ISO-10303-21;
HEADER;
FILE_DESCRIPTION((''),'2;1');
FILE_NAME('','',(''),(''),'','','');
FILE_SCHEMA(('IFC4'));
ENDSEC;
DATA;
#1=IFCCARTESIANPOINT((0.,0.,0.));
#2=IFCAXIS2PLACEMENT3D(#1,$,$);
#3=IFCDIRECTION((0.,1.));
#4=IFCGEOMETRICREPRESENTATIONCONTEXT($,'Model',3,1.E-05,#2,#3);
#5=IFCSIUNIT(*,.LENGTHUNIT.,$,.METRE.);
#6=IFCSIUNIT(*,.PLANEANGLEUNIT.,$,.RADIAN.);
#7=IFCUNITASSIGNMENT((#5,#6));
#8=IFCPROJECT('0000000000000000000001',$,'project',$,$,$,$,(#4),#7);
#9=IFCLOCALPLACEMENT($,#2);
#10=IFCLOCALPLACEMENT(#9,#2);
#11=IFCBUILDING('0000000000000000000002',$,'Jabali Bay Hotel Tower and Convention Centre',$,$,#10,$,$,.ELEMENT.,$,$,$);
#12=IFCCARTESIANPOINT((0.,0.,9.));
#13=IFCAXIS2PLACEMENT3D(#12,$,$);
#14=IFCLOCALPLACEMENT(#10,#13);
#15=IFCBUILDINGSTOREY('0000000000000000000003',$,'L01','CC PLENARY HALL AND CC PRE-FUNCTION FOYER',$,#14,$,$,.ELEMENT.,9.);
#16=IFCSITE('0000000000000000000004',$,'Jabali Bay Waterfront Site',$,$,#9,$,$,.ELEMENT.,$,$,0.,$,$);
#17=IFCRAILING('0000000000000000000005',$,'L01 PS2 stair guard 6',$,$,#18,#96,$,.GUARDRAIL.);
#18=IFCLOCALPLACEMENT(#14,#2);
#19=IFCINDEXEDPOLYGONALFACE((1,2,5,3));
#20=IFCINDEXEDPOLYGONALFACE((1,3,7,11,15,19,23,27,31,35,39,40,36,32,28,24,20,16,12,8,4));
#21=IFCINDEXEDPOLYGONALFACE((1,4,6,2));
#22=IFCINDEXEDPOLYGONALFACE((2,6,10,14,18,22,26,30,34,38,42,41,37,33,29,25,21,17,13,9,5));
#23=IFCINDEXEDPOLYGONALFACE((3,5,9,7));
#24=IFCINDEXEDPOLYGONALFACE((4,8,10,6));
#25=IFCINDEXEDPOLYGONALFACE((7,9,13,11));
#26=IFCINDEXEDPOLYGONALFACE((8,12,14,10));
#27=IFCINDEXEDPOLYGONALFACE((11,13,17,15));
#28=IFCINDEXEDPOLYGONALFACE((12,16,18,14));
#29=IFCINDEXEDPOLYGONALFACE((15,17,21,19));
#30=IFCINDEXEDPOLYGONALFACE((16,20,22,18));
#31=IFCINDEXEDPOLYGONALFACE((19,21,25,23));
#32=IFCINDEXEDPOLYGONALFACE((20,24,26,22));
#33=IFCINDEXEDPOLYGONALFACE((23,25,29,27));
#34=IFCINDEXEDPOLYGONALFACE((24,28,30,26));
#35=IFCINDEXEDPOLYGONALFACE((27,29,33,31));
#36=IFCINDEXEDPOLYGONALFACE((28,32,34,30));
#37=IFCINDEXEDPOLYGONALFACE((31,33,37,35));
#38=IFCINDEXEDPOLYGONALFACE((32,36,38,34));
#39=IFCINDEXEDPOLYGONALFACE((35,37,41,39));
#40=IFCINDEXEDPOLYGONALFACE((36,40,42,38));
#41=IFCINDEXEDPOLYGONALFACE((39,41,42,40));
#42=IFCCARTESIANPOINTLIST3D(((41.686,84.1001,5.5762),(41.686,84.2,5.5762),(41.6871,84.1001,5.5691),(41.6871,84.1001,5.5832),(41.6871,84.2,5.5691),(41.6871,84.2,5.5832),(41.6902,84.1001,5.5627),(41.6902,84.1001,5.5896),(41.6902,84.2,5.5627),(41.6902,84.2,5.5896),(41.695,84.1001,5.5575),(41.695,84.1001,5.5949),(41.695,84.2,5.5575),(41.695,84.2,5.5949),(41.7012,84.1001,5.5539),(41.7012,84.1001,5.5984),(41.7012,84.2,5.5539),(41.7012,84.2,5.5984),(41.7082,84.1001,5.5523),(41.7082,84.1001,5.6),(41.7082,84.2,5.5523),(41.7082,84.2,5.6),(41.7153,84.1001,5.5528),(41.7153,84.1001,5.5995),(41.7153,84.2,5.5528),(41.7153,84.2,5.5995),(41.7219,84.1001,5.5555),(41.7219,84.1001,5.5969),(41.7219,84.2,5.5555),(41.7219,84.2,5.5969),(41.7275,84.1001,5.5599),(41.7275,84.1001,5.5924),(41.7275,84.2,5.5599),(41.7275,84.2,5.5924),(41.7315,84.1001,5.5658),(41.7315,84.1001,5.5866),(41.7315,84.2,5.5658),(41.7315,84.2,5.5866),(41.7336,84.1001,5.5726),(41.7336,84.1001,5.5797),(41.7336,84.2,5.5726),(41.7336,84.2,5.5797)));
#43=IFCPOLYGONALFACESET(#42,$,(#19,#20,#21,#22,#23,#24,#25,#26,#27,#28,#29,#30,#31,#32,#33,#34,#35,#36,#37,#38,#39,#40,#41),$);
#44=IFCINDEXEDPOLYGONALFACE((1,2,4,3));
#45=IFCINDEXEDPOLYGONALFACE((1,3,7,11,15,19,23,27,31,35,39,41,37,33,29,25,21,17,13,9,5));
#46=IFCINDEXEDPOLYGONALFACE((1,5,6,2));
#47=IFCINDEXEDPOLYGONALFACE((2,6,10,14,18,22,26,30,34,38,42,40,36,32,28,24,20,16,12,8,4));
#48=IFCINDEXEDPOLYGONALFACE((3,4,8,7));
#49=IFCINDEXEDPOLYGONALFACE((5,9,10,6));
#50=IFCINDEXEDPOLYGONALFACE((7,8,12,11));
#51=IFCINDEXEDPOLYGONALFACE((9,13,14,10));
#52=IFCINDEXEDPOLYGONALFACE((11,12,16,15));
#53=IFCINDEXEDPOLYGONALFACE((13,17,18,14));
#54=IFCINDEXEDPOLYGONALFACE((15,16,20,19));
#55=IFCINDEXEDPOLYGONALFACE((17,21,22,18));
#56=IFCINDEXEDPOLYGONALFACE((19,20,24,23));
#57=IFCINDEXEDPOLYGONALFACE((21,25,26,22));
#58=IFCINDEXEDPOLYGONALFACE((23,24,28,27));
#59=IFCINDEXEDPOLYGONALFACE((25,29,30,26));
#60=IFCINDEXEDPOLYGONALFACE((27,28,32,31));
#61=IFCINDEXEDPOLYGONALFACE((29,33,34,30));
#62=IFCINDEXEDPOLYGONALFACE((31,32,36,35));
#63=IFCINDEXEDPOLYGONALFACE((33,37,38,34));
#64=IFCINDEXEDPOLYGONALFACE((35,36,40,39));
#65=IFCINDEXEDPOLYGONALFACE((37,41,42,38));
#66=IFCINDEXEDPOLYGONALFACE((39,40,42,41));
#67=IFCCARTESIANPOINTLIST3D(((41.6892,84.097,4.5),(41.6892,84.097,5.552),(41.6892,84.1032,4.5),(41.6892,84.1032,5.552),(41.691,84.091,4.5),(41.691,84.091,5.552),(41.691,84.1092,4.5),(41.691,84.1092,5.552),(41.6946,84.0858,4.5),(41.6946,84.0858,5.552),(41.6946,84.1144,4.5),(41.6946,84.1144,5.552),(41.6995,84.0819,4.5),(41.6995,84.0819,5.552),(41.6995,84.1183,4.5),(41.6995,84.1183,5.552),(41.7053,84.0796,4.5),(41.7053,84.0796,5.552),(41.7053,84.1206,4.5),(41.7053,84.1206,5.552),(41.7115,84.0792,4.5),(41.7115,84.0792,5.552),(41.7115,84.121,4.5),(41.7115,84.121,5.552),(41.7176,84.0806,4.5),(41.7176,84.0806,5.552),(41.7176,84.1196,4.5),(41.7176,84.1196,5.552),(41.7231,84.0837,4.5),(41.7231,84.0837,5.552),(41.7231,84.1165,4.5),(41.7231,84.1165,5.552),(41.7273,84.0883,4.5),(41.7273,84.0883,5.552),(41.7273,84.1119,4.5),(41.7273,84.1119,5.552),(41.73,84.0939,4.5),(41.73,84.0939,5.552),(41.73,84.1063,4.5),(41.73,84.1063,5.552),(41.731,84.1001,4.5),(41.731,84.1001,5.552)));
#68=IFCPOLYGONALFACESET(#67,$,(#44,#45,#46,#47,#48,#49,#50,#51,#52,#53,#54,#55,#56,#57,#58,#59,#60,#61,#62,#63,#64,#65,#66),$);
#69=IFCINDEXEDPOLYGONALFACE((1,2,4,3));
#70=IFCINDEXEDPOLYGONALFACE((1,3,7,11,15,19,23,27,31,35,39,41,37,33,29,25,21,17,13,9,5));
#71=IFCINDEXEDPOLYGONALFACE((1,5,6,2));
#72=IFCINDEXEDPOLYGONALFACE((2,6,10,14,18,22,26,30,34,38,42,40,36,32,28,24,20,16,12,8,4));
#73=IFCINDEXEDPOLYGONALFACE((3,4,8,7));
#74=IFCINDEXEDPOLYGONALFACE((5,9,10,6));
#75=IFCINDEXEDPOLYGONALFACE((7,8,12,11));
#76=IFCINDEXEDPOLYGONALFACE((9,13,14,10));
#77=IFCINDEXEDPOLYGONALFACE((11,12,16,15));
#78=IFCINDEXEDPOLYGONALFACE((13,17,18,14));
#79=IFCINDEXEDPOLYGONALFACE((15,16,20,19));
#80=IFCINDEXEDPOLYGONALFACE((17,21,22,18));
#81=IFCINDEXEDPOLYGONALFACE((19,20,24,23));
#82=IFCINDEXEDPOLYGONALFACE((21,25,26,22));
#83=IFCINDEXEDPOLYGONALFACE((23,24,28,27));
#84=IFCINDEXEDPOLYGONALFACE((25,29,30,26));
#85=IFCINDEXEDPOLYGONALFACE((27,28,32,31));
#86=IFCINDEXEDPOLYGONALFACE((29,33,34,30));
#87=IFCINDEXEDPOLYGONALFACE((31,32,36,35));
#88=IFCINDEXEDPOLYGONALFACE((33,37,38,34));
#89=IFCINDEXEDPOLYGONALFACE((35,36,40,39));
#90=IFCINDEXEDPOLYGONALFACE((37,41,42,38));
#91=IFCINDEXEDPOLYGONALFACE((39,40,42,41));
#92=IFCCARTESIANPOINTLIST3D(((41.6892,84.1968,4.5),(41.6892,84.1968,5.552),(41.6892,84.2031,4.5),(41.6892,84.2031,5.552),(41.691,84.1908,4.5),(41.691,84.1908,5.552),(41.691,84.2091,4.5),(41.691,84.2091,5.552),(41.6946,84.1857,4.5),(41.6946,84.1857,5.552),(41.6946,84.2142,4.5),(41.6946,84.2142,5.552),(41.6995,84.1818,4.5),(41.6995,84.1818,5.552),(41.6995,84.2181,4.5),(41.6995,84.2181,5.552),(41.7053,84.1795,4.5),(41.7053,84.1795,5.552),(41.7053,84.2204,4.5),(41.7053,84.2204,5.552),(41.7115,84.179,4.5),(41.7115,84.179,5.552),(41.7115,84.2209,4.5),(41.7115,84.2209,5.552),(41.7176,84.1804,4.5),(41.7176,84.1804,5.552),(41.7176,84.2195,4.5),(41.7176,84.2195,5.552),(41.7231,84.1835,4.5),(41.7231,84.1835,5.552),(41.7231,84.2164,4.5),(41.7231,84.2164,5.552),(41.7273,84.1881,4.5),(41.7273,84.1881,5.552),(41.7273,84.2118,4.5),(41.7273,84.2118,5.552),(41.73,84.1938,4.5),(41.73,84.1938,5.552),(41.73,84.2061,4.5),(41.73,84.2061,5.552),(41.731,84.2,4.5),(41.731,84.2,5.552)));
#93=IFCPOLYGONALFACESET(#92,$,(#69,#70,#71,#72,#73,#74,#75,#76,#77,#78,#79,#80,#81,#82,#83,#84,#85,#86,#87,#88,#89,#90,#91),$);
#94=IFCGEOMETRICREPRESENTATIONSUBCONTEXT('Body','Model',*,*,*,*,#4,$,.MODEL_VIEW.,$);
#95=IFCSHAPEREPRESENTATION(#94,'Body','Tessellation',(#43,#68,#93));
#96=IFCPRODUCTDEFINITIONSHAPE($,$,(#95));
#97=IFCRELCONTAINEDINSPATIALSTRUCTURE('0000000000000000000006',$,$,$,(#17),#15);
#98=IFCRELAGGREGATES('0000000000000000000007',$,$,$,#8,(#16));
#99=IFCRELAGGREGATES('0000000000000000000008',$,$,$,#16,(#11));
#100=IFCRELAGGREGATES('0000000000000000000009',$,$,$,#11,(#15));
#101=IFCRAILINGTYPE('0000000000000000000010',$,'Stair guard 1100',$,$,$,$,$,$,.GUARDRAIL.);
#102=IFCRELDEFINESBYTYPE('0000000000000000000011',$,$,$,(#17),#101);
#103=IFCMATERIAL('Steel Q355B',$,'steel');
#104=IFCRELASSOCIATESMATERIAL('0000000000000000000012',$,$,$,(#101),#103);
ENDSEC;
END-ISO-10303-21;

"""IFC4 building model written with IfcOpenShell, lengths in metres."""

from ifc_helpers import new_model, si_unit, direction, frame, origin, origin_2d, place, context, subcontext, project, spatial, circle, extrude, material, type_object, element, save


model = new_model("IFC4")

# Units and contexts
model_context = context("Model", 3, precision=1e-05, world=origin(), true_north=direction((0.0, 1.0)))
body_context = subcontext(model_context, "Body", "Model", "MODEL_VIEW")
ifc_project = project(units=[si_unit("LENGTHUNIT", "METRE"), si_unit("PLANEANGLEUNIT", "RADIAN")], contexts=[model_context])

# Site, building, storey
site_placement = place(None, origin())
site = spatial("IfcSite", under=ifc_project, at=site_placement, Name="Jabali Bay Waterfront Site", CompositionType="ELEMENT", RefElevation=0.0)
building_placement = place(site_placement, origin())
building = spatial("IfcBuilding", under=site, at=building_placement, Name="Jabali Bay Hotel Tower and Convention Centre", CompositionType="ELEMENT")
storey_placement = place(building_placement, frame((0.0, 0.0, 9.0)))
storey = spatial("IfcBuildingStorey", under=building, at=storey_placement, Name="L01", Description="CC PLENARY HALL AND CC PRE-FUNCTION FOYER", CompositionType="ELEMENT", Elevation=9.0)

# Railing
ifc_material_1 = material(Name="Steel Q355B", Category="steel")
railing_type_1 = type_object("IfcRailingType", Name="Stair guard 1100", PredefinedType="GUARDRAIL", material=ifc_material_1)
railing_1_placement = place(storey_placement, frame((41.71, 84.1001, 4.5)))
element("IfcRailing", 1, at=railing_1_placement, inside=storey, type_object=railing_type_1, Name="L01 PS2 stair guard 6", PredefinedType="GUARDRAIL", context=body_context, shape_type="SweptSolid", body=[
    extrude(circle(Radius=0.0239, at=origin_2d()), frame((0.0, 0.0, 1.0762), z_axis=(0.0, 1.0, 0.0), x_axis=(-1.0, 0.0, 0.0)), (0.0, 0.0, 1.0), 0.0999),
    extrude(circle(Radius=0.021, at=origin_2d()), origin(), (0.0, 0.0, 1.0), 1.052),
    extrude(circle(Radius=0.021, at=origin_2d()), frame((0.0, 0.0999, 0.0)), (0.0, 0.0, 1.0), 1.052),
])

save(model, "model.ifc")
